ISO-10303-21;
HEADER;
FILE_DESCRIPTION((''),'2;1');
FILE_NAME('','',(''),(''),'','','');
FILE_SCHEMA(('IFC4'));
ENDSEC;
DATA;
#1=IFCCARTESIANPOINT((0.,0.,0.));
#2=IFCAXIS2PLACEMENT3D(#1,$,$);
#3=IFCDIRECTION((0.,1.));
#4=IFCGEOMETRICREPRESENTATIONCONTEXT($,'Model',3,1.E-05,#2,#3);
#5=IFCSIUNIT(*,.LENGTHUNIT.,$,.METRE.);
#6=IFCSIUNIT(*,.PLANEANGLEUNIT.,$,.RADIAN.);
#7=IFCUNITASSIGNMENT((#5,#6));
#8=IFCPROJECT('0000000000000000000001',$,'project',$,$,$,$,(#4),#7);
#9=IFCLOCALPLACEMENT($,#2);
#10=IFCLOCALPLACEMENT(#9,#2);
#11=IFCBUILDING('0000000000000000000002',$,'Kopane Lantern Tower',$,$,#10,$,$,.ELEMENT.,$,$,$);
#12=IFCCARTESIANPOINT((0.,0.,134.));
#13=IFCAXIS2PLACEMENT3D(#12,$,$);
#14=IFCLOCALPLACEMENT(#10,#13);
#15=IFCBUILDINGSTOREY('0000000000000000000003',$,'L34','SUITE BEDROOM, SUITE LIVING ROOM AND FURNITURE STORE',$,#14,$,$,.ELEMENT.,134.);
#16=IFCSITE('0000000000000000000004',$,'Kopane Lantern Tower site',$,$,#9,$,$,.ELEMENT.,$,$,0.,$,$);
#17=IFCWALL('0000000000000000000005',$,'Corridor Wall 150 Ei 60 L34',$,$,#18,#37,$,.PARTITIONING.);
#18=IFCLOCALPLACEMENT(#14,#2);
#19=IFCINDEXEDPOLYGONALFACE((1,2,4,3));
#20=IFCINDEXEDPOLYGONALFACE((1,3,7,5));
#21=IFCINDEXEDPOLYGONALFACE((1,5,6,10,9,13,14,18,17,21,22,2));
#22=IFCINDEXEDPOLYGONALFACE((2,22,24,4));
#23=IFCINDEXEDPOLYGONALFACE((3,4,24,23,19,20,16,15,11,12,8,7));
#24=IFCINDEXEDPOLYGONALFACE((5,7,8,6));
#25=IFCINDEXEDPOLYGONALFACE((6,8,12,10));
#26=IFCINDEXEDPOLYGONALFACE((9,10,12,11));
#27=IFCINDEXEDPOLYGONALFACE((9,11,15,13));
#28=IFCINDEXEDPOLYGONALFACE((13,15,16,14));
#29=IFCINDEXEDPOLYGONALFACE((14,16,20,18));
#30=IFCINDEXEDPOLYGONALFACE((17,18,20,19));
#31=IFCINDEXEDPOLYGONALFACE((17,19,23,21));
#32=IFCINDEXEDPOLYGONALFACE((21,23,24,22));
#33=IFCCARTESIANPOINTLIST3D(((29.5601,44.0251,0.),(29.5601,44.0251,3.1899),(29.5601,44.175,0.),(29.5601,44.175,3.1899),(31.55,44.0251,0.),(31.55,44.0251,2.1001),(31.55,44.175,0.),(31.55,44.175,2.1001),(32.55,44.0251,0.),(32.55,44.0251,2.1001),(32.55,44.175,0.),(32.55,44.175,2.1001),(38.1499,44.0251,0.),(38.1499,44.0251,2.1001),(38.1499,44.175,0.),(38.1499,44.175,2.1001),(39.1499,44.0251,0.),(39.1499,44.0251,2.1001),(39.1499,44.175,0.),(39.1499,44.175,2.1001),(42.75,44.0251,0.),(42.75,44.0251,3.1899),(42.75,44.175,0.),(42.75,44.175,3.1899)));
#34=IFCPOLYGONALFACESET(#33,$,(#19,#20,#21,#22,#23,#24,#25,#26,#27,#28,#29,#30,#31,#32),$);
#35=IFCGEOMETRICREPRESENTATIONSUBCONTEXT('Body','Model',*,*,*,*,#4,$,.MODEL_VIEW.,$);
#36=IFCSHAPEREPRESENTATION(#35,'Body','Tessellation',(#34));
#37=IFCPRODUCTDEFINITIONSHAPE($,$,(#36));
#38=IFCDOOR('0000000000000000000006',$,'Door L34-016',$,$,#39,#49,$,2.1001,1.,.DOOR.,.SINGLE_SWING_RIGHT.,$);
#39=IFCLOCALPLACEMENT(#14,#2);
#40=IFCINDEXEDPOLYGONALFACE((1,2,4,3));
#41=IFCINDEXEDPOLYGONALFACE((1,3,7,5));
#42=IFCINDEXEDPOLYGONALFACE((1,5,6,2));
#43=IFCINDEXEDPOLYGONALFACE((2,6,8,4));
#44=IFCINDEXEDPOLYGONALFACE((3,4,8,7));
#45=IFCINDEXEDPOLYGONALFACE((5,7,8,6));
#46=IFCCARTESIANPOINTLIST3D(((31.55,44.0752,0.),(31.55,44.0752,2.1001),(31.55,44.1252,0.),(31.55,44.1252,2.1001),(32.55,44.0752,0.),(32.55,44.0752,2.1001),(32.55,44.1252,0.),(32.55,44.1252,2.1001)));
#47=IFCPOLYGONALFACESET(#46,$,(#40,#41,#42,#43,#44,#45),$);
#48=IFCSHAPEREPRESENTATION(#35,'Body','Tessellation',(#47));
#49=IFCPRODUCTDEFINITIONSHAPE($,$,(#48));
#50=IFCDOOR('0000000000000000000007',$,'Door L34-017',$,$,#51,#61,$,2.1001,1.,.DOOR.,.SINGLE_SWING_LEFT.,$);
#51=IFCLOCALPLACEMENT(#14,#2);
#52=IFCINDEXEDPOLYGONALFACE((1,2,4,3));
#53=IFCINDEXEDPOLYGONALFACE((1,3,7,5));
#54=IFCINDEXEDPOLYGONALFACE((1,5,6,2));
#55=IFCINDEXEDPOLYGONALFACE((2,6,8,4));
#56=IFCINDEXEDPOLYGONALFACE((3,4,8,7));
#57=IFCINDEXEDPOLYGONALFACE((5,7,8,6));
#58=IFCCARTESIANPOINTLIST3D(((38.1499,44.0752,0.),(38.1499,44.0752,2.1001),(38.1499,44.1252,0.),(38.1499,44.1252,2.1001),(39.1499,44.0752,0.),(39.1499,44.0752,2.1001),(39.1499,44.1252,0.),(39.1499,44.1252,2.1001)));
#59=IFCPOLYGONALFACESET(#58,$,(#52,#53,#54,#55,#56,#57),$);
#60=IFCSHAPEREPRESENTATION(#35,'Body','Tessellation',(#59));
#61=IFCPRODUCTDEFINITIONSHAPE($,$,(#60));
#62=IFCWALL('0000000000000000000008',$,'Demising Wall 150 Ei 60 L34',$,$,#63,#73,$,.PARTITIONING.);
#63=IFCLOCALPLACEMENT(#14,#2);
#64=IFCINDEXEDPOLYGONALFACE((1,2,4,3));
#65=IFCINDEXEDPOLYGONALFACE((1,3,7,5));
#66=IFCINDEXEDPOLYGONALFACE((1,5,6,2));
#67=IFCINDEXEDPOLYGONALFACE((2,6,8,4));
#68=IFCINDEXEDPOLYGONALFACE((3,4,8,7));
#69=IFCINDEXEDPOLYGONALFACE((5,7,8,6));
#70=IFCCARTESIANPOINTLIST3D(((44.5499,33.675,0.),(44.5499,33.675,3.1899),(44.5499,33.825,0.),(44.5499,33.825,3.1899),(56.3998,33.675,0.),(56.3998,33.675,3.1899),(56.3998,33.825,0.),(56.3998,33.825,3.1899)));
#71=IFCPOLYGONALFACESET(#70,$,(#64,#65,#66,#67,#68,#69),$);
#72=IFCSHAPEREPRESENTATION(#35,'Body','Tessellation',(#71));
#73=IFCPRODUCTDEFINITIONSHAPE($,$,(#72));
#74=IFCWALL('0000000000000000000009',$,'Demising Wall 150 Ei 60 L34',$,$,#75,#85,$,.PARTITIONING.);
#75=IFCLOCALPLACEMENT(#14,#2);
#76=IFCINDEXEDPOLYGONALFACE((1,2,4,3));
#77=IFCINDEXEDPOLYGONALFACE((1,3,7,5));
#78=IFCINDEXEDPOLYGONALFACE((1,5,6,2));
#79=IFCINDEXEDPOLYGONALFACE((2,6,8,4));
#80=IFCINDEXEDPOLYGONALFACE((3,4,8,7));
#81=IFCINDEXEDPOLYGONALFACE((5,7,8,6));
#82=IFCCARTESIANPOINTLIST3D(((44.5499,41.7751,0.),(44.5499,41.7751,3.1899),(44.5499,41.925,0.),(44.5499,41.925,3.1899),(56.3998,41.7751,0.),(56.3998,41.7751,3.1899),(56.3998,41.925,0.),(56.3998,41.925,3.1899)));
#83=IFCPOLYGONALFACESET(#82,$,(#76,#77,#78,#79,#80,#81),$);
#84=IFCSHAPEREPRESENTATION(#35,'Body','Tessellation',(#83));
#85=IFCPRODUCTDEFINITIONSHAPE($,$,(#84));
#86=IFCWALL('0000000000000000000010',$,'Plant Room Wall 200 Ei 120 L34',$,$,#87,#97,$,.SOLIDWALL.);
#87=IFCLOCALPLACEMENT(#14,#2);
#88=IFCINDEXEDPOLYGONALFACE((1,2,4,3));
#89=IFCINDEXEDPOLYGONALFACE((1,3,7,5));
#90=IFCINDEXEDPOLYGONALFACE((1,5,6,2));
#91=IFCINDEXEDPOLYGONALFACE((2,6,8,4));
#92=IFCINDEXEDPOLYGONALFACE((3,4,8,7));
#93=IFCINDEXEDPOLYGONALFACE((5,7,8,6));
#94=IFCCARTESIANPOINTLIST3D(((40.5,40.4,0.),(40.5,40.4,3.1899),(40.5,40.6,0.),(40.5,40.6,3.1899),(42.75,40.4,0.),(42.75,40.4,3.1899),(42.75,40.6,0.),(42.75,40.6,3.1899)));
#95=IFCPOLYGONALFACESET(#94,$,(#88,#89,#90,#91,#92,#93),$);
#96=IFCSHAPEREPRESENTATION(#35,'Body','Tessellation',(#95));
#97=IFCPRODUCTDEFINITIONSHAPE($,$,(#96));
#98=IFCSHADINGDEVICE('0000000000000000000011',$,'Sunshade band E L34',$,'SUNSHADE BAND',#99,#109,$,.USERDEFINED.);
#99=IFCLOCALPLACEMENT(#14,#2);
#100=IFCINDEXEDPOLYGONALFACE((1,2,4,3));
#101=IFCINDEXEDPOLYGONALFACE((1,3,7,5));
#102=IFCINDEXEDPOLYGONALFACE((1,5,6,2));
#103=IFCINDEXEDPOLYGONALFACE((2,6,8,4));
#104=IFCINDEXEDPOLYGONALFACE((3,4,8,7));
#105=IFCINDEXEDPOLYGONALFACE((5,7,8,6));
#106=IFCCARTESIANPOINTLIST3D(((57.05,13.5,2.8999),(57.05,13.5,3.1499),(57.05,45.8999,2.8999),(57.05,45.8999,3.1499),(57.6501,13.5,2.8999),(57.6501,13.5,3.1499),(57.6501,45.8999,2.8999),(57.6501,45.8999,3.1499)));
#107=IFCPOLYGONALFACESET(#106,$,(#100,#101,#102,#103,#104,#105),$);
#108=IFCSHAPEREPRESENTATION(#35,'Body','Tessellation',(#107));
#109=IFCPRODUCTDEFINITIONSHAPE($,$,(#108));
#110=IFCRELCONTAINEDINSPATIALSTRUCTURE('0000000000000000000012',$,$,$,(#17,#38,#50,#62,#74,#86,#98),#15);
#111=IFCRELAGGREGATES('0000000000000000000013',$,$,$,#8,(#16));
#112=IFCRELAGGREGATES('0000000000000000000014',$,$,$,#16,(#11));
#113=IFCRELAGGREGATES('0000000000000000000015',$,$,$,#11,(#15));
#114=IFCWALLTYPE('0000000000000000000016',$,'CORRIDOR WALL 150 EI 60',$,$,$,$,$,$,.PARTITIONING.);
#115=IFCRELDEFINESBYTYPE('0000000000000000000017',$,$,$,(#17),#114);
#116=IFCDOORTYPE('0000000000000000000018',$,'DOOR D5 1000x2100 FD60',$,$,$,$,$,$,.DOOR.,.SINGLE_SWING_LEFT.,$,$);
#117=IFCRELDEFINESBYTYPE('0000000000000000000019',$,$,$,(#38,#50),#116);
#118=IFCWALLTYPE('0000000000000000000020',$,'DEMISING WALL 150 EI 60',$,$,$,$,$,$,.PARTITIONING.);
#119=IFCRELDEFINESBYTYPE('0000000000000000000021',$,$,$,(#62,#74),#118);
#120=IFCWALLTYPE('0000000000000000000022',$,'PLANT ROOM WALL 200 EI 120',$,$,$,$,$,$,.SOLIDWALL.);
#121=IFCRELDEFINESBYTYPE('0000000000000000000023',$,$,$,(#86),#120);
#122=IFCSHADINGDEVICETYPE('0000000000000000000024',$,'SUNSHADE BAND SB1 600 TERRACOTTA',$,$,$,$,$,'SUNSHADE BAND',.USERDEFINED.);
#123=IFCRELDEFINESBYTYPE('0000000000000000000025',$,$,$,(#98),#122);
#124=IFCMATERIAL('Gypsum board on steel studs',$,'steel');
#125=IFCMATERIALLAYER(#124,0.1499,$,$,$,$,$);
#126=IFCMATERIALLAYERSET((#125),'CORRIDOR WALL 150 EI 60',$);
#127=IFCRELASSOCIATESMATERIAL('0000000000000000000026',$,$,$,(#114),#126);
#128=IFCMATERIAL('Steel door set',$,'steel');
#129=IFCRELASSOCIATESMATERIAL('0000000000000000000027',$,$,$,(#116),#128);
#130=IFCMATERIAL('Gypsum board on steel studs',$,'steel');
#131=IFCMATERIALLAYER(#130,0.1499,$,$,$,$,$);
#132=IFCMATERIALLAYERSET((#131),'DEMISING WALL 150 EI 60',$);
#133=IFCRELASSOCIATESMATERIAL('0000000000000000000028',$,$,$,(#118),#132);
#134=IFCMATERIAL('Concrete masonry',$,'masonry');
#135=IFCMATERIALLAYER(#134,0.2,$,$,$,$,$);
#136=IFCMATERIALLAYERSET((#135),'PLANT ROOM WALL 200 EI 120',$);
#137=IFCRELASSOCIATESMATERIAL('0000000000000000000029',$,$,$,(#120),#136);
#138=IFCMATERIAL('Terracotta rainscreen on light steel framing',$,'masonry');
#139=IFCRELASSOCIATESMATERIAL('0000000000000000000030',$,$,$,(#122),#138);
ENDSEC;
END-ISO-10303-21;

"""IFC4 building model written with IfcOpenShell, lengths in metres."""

from ifc_helpers import new_model, si_unit, direction, frame, frame_2d, origin, origin_2d, place, context, subcontext, project, spatial, rectangle, extrude, material, layer, layer_set, type_object, element, fill, save


model = new_model("IFC4")

# Units and contexts
model_context = context("Model", 3, precision=1e-05, world=origin(), true_north=direction((0.0, 1.0)))
body_context = subcontext(model_context, "Body", "Model", "MODEL_VIEW")
ifc_project = project(units=[si_unit("LENGTHUNIT", "METRE"), si_unit("PLANEANGLEUNIT", "RADIAN")], contexts=[model_context])

# Site, building, storey
site_placement = place(None, origin())
site = spatial("IfcSite", under=ifc_project, at=site_placement, Name="Kopane Lantern Tower site", CompositionType="ELEMENT", RefElevation=0.0)
building_placement = place(site_placement, origin())
building = spatial("IfcBuilding", under=site, at=building_placement, Name="Kopane Lantern Tower", CompositionType="ELEMENT")
storey_placement = place(building_placement, frame((0.0, 0.0, 134.0)))
storey = spatial("IfcBuildingStorey", under=building, at=storey_placement, Name="L34", Description="SUITE BEDROOM, SUITE LIVING ROOM AND FURNITURE STORE", CompositionType="ELEMENT", Elevation=134.0)

# Wall, openings, doors
ifc_material_1 = material(Name="Gypsum board on steel studs", Category="steel")
ifc_layer_1 = layer(ifc_material_1, 0.1499)
ifc_layer_set_1 = layer_set([ifc_layer_1], Name="CORRIDOR WALL 150 EI 60")
wall_type_1 = type_object("IfcWallType", Name="CORRIDOR WALL 150 EI 60", PredefinedType="PARTITIONING", material=ifc_layer_set_1)
wall_1_placement = place(storey_placement, frame((42.75, 44.1001, 0.0), z_axis=(0.0, 0.0, 1.0), x_axis=(-1.0, 0.0, 0.0)))
wall_1 = element("IfcWall", 1, at=wall_1_placement, inside=storey, type_object=wall_type_1, Name="Corridor Wall 150 Ei 60 L34", PredefinedType="PARTITIONING", context=body_context, shape_type="SweptSolid", body=[
    extrude(rectangle(XDim=13.1899, YDim=0.1499, at=frame_2d((6.595, 0.0))), origin(), (0.0, 0.0, 1.0), 3.1899),
])
opening_1_placement = place(wall_1_placement, frame((10.2, 0.0, 0.0)))
opening_1 = element("IfcOpeningElement", 2, at=opening_1_placement, cuts=wall_1, PredefinedType="OPENING", context=body_context, shape_type="SweptSolid", body=[
    extrude(rectangle(XDim=1.0, YDim=2.1001, at=frame_2d((0.5, 1.05))), frame((0.0, 0.085, 0.0), z_axis=(0.0, -1.0, 0.0), x_axis=(1.0, 0.0, 0.0)), (0.0, 0.0, 1.0), 0.1699),
])
opening_2_placement = place(wall_1_placement, frame((3.6001, 0.0, 0.0)))
opening_2 = element("IfcOpeningElement", 3, at=opening_2_placement, cuts=wall_1, PredefinedType="OPENING", context=body_context, shape_type="SweptSolid", body=[
    extrude(rectangle(XDim=1.0, YDim=2.1001, at=frame_2d((0.5, 1.05))), frame((0.0, 0.085, 0.0), z_axis=(0.0, -1.0, 0.0), x_axis=(1.0, 0.0, 0.0)), (0.0, 0.0, 1.0), 0.1699),
])
ifc_material_2 = material(Name="Steel door set", Category="steel")
door_type_1 = type_object("IfcDoorType", Name="DOOR D5 1000x2100 FD60", OperationType="SINGLE_SWING_LEFT", PredefinedType="DOOR", material=ifc_material_2)
door_1_placement = place(opening_1_placement, origin())
door_1 = element("IfcDoor", 4, at=door_1_placement, inside=storey, type_object=door_type_1, Name="Door L34-016", OperationType="SINGLE_SWING_RIGHT", OverallHeight=2.1001, OverallWidth=1.0, PredefinedType="DOOR", context=body_context, shape_type="SweptSolid", body=[
    extrude(rectangle(XDim=1.0, YDim=2.1001, at=frame_2d((0.5, 1.05))), frame((0.0, 0.0249, 0.0), z_axis=(0.0, -1.0, 0.0), x_axis=(1.0, 0.0, 0.0)), (0.0, 0.0, 1.0), 0.05),
])
fill(opening_1, door_1)
door_2_placement = place(opening_2_placement, origin())
door_2 = element("IfcDoor", 5, at=door_2_placement, inside=storey, type_object=door_type_1, Name="Door L34-017", OperationType="SINGLE_SWING_LEFT", OverallHeight=2.1001, OverallWidth=1.0, PredefinedType="DOOR", context=body_context, shape_type="SweptSolid", body=[
    extrude(rectangle(XDim=1.0, YDim=2.1001, at=frame_2d((0.5, 1.05))), frame((0.0, 0.0249, 0.0), z_axis=(0.0, -1.0, 0.0), x_axis=(1.0, 0.0, 0.0)), (0.0, 0.0, 1.0), 0.05),
])
fill(opening_2, door_2)

# Walls
ifc_material_3 = material(Name="Gypsum board on steel studs", Category="steel")
ifc_layer_2 = layer(ifc_material_3, 0.1499)
ifc_layer_set_2 = layer_set([ifc_layer_2], Name="DEMISING WALL 150 EI 60")
wall_type_2 = type_object("IfcWallType", Name="DEMISING WALL 150 EI 60", PredefinedType="PARTITIONING", material=ifc_layer_set_2)
for number, where, z_axis, x_axis, name in (
    (6, (44.55, 33.75, 0.0), (0.0, 0.0, 1.0), (1.0, 0.0, 0.0), "Demising Wall 150 Ei 60 L34"),
    (7, (44.55, 41.8501, 0.0), (0.0, 0.0, 1.0), (1.0, 0.0, 0.0), "Demising Wall 150 Ei 60 L34"),
):
    element("IfcWall", number, at=place(storey_placement, frame(where, z_axis=z_axis, x_axis=x_axis)), inside=storey, type_object=wall_type_2, Name=name, PredefinedType="PARTITIONING", context=body_context, shape_type="SweptSolid", body=[
        extrude(rectangle(XDim=11.8499, YDim=0.1499, at=frame_2d((5.9248, 0.0))), origin(), (0.0, 0.0, 1.0), 3.1899),
    ])
ifc_material_4 = material(Name="Concrete masonry", Category="masonry")
ifc_layer_3 = layer(ifc_material_4, 0.2)
ifc_layer_set_3 = layer_set([ifc_layer_3], Name="PLANT ROOM WALL 200 EI 120")
wall_type_3 = type_object("IfcWallType", Name="PLANT ROOM WALL 200 EI 120", PredefinedType="SOLIDWALL", material=ifc_layer_set_3)
wall_2_placement = place(storey_placement, frame((40.5, 40.5, 0.0), z_axis=(0.0, 0.0, 1.0), x_axis=(1.0, 0.0, 0.0)))
element("IfcWall", 8, at=wall_2_placement, inside=storey, type_object=wall_type_3, Name="Plant Room Wall 200 Ei 120 L34", PredefinedType="SOLIDWALL", context=body_context, shape_type="SweptSolid", body=[
    extrude(rectangle(XDim=2.25, YDim=0.2, at=frame_2d((1.125, 0.0))), origin(), (0.0, 0.0, 1.0), 3.1899),
])

# Shading device
ifc_material_5 = material(Name="Terracotta rainscreen on light steel framing", Category="masonry")
shading_device_type = type_object("IfcShadingDeviceType", Name="SUNSHADE BAND SB1 600 TERRACOTTA", ElementType="SUNSHADE BAND", PredefinedType="USERDEFINED", material=ifc_material_5)
shading_device_placement = place(storey_placement, frame((57.3501, 29.7, 2.8999), z_axis=(0.0, 0.0, 1.0), x_axis=(0.0, 1.0, 0.0)))
element("IfcShadingDevice", 9, at=shading_device_placement, inside=storey, type_object=shading_device_type, Name="Sunshade band E L34", ObjectType="SUNSHADE BAND", PredefinedType="USERDEFINED", context=body_context, shape_type="SweptSolid", body=[
    extrude(rectangle(XDim=32.3999, YDim=0.6001, at=origin_2d()), origin(), (0.0, 0.0, 1.0), 0.25),
])

save(model, "model.ifc")
